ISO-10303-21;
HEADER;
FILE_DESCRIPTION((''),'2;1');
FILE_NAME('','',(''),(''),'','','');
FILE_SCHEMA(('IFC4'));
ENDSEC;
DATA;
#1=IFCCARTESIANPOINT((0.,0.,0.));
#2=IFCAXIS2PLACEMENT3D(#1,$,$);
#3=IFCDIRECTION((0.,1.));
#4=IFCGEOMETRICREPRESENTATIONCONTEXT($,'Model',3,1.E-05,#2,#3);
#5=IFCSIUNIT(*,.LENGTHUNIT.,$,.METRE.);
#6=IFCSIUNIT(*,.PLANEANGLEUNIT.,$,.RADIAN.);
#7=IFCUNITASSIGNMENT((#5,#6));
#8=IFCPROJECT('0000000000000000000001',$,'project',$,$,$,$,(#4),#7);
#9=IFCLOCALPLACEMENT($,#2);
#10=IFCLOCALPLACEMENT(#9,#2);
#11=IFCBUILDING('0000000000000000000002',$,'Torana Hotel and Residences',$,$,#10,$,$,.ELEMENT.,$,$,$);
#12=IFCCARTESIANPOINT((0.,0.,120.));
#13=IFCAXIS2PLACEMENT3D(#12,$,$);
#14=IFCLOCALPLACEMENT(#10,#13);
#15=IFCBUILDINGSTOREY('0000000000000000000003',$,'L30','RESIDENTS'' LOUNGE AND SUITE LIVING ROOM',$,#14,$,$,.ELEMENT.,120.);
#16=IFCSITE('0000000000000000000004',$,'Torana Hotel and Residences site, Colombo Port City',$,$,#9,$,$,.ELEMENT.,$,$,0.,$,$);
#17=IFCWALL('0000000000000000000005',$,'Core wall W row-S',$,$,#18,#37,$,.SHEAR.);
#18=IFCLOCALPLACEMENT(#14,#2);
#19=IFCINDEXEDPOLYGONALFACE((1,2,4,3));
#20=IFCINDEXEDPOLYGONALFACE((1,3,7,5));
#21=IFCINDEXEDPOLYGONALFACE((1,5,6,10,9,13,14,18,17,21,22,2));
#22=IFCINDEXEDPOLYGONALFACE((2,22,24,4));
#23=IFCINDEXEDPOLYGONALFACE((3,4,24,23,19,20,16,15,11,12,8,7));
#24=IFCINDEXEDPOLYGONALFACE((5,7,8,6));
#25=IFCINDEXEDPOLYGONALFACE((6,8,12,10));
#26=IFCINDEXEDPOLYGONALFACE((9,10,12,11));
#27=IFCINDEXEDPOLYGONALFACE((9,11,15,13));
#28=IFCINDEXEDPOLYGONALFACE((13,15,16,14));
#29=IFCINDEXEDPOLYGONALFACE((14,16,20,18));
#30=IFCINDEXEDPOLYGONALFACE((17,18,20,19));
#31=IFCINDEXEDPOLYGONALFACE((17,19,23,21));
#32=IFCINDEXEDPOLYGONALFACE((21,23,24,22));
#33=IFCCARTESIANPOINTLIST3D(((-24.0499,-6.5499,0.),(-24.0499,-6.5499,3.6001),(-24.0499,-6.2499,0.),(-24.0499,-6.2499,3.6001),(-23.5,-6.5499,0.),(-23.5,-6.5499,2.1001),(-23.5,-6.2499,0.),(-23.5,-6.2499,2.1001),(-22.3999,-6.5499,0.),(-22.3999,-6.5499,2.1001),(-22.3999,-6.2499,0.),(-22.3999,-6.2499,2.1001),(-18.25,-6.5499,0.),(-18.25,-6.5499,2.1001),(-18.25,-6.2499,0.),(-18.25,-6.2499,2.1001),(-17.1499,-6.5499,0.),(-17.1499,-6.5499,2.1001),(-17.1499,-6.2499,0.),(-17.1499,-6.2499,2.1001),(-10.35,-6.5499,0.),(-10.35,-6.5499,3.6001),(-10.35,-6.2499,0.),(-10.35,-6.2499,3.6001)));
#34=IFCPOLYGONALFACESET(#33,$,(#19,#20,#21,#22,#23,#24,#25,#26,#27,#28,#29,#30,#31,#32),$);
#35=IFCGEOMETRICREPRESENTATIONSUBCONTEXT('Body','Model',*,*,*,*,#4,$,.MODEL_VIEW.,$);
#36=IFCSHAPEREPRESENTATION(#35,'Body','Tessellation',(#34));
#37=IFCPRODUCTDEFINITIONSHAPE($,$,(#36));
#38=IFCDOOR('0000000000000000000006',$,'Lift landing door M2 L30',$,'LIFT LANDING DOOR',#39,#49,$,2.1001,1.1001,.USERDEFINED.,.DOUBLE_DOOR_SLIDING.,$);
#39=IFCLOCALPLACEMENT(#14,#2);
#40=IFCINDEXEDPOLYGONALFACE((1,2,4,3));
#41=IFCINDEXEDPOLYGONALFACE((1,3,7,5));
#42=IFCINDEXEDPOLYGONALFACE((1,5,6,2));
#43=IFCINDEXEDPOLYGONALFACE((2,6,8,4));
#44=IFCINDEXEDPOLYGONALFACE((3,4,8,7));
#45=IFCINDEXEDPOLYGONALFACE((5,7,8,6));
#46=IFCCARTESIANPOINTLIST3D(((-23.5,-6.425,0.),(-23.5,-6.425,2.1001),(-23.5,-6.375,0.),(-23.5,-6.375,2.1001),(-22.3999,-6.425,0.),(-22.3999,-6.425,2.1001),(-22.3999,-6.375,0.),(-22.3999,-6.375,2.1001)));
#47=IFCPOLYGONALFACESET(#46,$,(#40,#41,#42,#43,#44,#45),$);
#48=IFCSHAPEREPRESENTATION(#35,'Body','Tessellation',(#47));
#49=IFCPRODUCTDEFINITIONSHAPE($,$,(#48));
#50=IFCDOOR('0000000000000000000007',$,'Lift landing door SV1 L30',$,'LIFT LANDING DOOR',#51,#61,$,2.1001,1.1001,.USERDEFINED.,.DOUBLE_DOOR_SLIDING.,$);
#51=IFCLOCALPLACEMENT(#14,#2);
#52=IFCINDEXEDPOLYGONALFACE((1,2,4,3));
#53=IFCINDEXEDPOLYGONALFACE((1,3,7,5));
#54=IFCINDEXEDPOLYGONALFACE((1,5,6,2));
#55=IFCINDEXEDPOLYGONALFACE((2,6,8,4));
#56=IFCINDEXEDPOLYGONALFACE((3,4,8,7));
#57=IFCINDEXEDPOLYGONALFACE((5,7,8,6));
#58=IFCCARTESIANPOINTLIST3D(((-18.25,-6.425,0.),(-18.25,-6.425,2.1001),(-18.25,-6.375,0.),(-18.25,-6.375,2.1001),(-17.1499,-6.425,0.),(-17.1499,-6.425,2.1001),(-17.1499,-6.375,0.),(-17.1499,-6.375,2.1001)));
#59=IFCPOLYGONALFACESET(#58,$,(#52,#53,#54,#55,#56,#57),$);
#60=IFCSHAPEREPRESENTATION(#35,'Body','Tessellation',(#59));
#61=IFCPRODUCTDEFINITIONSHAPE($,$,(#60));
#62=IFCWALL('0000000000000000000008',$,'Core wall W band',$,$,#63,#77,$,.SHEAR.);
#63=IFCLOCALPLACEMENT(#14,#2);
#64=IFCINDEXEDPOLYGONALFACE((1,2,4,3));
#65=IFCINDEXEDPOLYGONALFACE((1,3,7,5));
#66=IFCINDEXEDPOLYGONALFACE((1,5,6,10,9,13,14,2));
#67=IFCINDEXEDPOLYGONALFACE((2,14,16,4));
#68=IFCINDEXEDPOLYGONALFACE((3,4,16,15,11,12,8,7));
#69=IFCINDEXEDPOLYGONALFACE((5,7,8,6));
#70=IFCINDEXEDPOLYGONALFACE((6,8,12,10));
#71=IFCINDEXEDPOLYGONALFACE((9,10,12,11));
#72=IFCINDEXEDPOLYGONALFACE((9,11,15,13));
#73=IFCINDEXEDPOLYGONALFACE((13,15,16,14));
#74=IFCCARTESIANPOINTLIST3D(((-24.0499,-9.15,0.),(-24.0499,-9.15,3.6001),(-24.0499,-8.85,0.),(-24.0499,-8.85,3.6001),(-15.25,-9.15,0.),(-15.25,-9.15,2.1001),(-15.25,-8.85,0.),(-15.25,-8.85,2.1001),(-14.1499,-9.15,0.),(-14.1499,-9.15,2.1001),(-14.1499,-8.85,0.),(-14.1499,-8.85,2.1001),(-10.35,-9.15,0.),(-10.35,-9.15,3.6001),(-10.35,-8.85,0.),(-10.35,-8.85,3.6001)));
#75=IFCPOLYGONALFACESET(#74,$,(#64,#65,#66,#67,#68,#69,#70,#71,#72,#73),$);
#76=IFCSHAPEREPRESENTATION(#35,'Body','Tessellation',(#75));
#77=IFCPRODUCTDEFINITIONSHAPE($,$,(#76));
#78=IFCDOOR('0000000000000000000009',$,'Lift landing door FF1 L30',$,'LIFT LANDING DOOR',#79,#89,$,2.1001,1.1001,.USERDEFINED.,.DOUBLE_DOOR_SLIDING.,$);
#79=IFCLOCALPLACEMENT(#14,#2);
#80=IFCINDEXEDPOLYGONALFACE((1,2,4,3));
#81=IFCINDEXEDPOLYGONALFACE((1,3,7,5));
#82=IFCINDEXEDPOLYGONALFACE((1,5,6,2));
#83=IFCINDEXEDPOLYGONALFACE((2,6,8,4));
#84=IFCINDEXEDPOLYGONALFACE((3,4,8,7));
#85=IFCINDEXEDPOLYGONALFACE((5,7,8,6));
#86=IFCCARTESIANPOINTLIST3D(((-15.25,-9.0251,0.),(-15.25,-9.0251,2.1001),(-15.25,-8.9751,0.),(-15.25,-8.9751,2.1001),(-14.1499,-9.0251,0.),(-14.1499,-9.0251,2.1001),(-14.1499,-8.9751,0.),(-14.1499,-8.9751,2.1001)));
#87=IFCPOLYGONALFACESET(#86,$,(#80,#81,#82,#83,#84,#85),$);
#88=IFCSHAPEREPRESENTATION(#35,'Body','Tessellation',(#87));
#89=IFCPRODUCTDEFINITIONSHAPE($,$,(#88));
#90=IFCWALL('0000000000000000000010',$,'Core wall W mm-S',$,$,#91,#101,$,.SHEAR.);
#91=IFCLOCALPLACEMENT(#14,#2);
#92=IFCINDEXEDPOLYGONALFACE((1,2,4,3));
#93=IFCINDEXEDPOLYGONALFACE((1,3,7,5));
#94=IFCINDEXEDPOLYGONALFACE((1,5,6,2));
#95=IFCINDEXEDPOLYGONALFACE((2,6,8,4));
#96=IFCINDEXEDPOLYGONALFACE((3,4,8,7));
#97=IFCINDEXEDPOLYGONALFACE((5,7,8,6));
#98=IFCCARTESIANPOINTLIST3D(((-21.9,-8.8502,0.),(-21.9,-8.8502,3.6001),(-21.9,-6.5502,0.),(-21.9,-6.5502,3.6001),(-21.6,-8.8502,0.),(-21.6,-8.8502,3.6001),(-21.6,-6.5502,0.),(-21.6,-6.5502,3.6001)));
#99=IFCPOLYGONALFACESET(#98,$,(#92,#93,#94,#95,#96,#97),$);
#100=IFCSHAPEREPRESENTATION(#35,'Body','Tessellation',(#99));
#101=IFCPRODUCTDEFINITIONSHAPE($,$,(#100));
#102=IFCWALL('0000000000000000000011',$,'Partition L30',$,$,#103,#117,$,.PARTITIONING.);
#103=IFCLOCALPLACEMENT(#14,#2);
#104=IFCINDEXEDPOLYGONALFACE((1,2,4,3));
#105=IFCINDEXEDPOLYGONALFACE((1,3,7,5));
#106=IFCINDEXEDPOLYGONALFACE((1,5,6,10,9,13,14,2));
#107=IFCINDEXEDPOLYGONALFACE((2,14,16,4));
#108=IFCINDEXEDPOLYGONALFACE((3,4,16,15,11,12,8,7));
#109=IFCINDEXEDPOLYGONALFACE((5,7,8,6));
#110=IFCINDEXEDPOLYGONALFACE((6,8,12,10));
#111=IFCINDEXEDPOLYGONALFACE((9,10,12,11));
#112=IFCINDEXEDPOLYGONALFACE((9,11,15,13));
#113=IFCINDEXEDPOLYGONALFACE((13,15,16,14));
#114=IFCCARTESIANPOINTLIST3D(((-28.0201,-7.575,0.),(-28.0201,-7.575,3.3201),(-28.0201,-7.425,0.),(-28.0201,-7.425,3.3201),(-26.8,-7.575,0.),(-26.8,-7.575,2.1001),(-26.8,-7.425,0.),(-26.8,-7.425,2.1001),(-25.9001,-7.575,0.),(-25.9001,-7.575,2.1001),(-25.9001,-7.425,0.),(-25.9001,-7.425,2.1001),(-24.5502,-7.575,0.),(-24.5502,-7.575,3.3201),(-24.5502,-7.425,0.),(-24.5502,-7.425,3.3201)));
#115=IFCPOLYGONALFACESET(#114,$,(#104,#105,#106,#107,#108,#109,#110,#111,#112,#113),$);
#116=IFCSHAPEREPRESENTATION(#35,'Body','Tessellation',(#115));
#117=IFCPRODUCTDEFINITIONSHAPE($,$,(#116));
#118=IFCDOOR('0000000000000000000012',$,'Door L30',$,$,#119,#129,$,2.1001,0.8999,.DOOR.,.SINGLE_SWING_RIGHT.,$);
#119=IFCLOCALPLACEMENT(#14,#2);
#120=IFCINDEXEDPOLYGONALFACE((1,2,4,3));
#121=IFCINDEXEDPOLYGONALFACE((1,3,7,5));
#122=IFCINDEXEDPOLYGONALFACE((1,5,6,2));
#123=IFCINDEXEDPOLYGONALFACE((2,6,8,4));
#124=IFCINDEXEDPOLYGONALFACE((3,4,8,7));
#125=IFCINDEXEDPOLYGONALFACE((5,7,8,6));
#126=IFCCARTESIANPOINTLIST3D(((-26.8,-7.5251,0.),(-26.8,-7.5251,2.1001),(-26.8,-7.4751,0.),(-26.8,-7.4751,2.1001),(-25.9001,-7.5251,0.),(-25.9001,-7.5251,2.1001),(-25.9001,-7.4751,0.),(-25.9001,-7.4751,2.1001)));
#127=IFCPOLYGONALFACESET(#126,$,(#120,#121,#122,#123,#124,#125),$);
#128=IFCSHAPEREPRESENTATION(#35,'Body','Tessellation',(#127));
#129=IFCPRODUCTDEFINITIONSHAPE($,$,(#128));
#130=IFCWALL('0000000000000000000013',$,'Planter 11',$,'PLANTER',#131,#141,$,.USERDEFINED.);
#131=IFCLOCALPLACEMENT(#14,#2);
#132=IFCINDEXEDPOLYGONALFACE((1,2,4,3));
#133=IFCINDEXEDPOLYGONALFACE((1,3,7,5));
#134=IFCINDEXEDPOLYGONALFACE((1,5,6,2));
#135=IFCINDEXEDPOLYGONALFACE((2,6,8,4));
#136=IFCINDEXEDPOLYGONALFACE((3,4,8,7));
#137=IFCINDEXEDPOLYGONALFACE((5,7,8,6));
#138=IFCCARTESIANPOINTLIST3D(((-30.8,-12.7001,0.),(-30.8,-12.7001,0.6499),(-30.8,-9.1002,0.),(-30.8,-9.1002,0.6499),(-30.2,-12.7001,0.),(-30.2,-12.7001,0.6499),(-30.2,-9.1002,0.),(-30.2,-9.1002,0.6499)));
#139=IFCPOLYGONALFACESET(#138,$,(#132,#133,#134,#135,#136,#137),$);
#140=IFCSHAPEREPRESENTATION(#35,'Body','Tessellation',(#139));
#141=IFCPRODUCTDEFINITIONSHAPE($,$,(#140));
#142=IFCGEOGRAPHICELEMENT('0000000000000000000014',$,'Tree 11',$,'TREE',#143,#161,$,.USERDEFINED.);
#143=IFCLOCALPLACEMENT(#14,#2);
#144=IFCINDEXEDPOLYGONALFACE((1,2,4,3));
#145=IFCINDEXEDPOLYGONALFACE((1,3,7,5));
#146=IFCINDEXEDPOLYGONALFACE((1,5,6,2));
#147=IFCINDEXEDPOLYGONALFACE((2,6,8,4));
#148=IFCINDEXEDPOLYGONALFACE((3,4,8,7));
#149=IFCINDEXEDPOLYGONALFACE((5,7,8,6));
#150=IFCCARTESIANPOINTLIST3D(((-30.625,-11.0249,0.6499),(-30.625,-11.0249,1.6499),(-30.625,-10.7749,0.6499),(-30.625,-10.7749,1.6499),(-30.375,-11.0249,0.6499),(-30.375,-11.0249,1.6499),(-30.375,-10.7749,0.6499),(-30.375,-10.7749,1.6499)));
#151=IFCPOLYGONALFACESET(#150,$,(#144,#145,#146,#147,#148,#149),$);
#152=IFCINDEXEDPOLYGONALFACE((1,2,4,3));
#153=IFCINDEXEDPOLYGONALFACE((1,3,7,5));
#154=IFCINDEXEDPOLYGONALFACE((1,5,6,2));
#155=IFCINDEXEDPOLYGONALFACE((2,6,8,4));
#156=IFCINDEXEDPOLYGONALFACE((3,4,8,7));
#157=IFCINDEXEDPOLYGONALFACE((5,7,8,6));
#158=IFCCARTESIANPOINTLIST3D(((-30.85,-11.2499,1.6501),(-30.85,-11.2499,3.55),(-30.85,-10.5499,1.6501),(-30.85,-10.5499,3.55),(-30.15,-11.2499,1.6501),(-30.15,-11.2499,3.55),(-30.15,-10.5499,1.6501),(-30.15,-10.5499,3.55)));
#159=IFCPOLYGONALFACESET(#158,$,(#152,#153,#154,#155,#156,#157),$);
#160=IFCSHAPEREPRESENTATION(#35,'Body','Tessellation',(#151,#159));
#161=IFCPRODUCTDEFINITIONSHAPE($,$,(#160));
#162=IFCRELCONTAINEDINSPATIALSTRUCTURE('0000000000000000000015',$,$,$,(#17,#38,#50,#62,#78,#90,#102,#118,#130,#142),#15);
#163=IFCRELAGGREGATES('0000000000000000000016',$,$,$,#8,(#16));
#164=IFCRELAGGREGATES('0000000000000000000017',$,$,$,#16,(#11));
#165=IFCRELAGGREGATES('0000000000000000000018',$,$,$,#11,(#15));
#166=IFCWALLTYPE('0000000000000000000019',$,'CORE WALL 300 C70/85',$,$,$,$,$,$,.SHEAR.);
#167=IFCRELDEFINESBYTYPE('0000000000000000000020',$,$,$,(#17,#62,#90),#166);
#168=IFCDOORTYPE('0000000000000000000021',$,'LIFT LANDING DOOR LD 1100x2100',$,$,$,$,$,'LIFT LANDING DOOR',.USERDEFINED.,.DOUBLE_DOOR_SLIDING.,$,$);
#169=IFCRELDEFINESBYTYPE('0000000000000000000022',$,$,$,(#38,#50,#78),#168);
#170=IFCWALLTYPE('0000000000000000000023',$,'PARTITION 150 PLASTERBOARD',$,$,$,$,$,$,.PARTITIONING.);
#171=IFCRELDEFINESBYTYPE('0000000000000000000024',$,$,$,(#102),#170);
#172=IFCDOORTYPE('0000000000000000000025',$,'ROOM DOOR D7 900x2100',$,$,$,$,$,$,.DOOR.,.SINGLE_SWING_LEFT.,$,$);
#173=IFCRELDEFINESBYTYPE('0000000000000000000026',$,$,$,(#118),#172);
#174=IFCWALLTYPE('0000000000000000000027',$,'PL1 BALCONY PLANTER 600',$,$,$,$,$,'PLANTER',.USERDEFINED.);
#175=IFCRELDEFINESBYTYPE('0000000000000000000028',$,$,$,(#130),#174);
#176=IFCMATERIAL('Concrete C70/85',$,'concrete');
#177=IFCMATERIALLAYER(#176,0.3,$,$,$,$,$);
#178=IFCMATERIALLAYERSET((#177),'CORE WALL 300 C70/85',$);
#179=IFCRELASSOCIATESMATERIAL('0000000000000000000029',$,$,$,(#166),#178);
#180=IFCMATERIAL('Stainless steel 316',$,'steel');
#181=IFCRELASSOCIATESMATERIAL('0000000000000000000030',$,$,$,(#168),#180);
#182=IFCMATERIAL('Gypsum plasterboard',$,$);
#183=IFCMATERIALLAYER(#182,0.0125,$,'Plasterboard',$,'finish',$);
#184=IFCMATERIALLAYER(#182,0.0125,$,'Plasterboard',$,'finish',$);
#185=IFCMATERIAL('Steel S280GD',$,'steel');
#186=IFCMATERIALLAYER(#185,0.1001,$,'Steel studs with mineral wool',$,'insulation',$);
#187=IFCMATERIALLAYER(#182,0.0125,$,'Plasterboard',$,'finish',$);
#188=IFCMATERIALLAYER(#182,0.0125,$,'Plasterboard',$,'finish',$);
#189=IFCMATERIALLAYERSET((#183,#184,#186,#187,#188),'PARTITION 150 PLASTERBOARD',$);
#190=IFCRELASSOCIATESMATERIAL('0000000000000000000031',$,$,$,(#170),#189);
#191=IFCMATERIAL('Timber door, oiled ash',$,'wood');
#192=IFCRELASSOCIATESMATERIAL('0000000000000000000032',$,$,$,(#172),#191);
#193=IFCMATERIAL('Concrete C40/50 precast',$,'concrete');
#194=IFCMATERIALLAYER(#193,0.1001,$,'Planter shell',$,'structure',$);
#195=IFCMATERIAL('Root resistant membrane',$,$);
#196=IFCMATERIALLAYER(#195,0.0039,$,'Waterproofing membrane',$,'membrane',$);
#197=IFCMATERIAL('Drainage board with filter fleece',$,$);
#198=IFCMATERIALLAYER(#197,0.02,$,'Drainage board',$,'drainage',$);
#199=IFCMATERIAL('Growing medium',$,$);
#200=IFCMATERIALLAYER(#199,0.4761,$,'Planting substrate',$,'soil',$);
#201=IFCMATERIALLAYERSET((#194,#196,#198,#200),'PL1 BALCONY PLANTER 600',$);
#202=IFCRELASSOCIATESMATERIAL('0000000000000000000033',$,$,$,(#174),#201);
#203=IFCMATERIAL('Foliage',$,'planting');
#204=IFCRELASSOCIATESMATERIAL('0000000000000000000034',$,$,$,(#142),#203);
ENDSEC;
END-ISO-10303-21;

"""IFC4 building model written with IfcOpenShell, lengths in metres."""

from ifc_helpers import new_model, si_unit, direction, frame, frame_2d, origin, origin_2d, place, context, subcontext, project, spatial, rectangle, extrude, material, layer, layer_set, type_object, element, fill, save


model = new_model("IFC4")

# Units and contexts
model_context = context("Model", 3, precision=1e-05, world=origin(), true_north=direction((0.0, 1.0)))
body_context = subcontext(model_context, "Body", "Model", "MODEL_VIEW")
ifc_project = project(units=[si_unit("LENGTHUNIT", "METRE"), si_unit("PLANEANGLEUNIT", "RADIAN")], contexts=[model_context])

# Site, building, storey
site_placement = place(None, origin())
site = spatial("IfcSite", under=ifc_project, at=site_placement, Name="Torana Hotel and Residences site, Colombo Port City", CompositionType="ELEMENT", RefElevation=0.0)
building_placement = place(site_placement, origin())
building = spatial("IfcBuilding", under=site, at=building_placement, Name="Torana Hotel and Residences", CompositionType="ELEMENT")
storey_placement = place(building_placement, frame((0.0, 0.0, 120.0)))
storey = spatial("IfcBuildingStorey", under=building, at=storey_placement, Name="L30", Description="RESIDENTS' LOUNGE AND SUITE LIVING ROOM", CompositionType="ELEMENT", Elevation=120.0)

# Wall, openings, doors
ifc_material_1 = material(Name="Concrete C70/85", Category="concrete")
ifc_layer_1 = layer(ifc_material_1, 0.3)
ifc_layer_set_1 = layer_set([ifc_layer_1], Name="CORE WALL 300 C70/85")
wall_type_1 = type_object("IfcWallType", Name="CORE WALL 300 C70/85", PredefinedType="SHEAR", material=ifc_layer_set_1)
wall_1_placement = place(storey_placement, frame((-24.05, -6.3999, 0.0), z_axis=(0.0, 0.0, 1.0), x_axis=(1.0, 0.0, 0.0)))
wall_1 = element("IfcWall", 1, at=wall_1_placement, inside=storey, type_object=wall_type_1, Name="Core wall W row-S", PredefinedType="SHEAR", context=body_context, shape_type="SweptSolid", body=[
    extrude(rectangle(XDim=13.7, YDim=0.3, at=frame_2d((6.8501, 0.0))), origin(), (0.0, 0.0, 1.0), 3.6001),
])
opening_1_placement = place(wall_1_placement, frame((0.55, 0.0, 0.0)))
opening_1 = element("IfcOpeningElement", 2, at=opening_1_placement, cuts=wall_1, PredefinedType="OPENING", context=body_context, shape_type="SweptSolid", body=[
    extrude(rectangle(XDim=1.1001, YDim=2.1001, at=frame_2d((0.55, 1.05))), frame((0.0, 0.1599, 0.0), z_axis=(0.0, -1.0, 0.0), x_axis=(1.0, 0.0, 0.0)), (0.0, 0.0, 1.0), 0.3201),
])
opening_2_placement = place(wall_1_placement, frame((5.8, 0.0, 0.0)))
opening_2 = element("IfcOpeningElement", 3, at=opening_2_placement, cuts=wall_1, PredefinedType="OPENING", context=body_context, shape_type="SweptSolid", body=[
    extrude(rectangle(XDim=1.1001, YDim=2.1001, at=frame_2d((0.55, 1.05))), frame((0.0, 0.1599, 0.0), z_axis=(0.0, -1.0, 0.0), x_axis=(1.0, 0.0, 0.0)), (0.0, 0.0, 1.0), 0.3201),
])
ifc_material_2 = material(Name="Stainless steel 316", Category="steel")
door_type_1 = type_object("IfcDoorType", Name="LIFT LANDING DOOR LD 1100x2100", ElementType="LIFT LANDING DOOR", OperationType="DOUBLE_DOOR_SLIDING", PredefinedType="USERDEFINED", material=ifc_material_2)
door_1_placement = place(opening_1_placement, origin())
door_1 = element("IfcDoor", 4, at=door_1_placement, inside=storey, type_object=door_type_1, Name="Lift landing door M2 L30", ObjectType="LIFT LANDING DOOR", OperationType="DOUBLE_DOOR_SLIDING", OverallHeight=2.1001, OverallWidth=1.1001, PredefinedType="USERDEFINED", context=body_context, shape_type="SweptSolid", body=[
    extrude(rectangle(XDim=1.1001, YDim=2.1001, at=frame_2d((0.55, 1.05))), frame((0.0, 0.0249, 0.0), z_axis=(0.0, -1.0, 0.0), x_axis=(1.0, 0.0, 0.0)), (0.0, 0.0, 1.0), 0.05),
])
fill(opening_1, door_1)
door_2_placement = place(opening_2_placement, origin())
door_2 = element("IfcDoor", 5, at=door_2_placement, inside=storey, type_object=door_type_1, Name="Lift landing door SV1 L30", ObjectType="LIFT LANDING DOOR", OperationType="DOUBLE_DOOR_SLIDING", OverallHeight=2.1001, OverallWidth=1.1001, PredefinedType="USERDEFINED", context=body_context, shape_type="SweptSolid", body=[
    extrude(rectangle(XDim=1.1001, YDim=2.1001, at=frame_2d((0.55, 1.05))), frame((0.0, 0.0249, 0.0), z_axis=(0.0, -1.0, 0.0), x_axis=(1.0, 0.0, 0.0)), (0.0, 0.0, 1.0), 0.05),
])
fill(opening_2, door_2)

# Wall, opening, door
wall_2_placement = place(storey_placement, frame((-24.05, -9.0, 0.0), z_axis=(0.0, 0.0, 1.0), x_axis=(1.0, 0.0, 0.0)))
wall_2 = element("IfcWall", 6, at=wall_2_placement, inside=storey, type_object=wall_type_1, Name="Core wall W band", PredefinedType="SHEAR", context=body_context, shape_type="SweptSolid", body=[
    extrude(rectangle(XDim=13.7, YDim=0.3, at=frame_2d((6.8501, 0.0))), origin(), (0.0, 0.0, 1.0), 3.6001),
])
opening_3_placement = place(wall_2_placement, frame((8.8, 0.0, 0.0)))
opening_3 = element("IfcOpeningElement", 7, at=opening_3_placement, cuts=wall_2, PredefinedType="OPENING", context=body_context, shape_type="SweptSolid", body=[
    extrude(rectangle(XDim=1.1001, YDim=2.1001, at=frame_2d((0.55, 1.05))), frame((0.0, 0.1599, 0.0), z_axis=(0.0, -1.0, 0.0), x_axis=(1.0, 0.0, 0.0)), (0.0, 0.0, 1.0), 0.3201),
])
door_3_placement = place(opening_3_placement, origin())
door_3 = element("IfcDoor", 8, at=door_3_placement, inside=storey, type_object=door_type_1, Name="Lift landing door FF1 L30", ObjectType="LIFT LANDING DOOR", OperationType="DOUBLE_DOOR_SLIDING", OverallHeight=2.1001, OverallWidth=1.1001, PredefinedType="USERDEFINED", context=body_context, shape_type="SweptSolid", body=[
    extrude(rectangle(XDim=1.1001, YDim=2.1001, at=frame_2d((0.55, 1.05))), frame((0.0, 0.0249, 0.0), z_axis=(0.0, -1.0, 0.0), x_axis=(1.0, 0.0, 0.0)), (0.0, 0.0, 1.0), 0.05),
])
fill(opening_3, door_3)

# Wall
wall_3_placement = place(storey_placement, frame((-21.75, -8.8501, 0.0), z_axis=(0.0, 0.0, 1.0), x_axis=(0.0, 1.0, 0.0)))
element("IfcWall", 9, at=wall_3_placement, inside=storey, type_object=wall_type_1, Name="Core wall W mm-S", PredefinedType="SHEAR", context=body_context, shape_type="SweptSolid", body=[
    extrude(rectangle(XDim=2.3, YDim=0.3, at=frame_2d((1.1499, 0.0))), origin(), (0.0, 0.0, 1.0), 3.6001),
])

# Shared definitions
ifc_material_3 = material(Name="Steel S280GD", Category="steel")

# Wall, opening, door
ifc_material_4 = material(Name="Gypsum plasterboard")
ifc_layer_2 = layer(ifc_material_4, 0.0125, Name="Plasterboard", Category="finish")
ifc_layer_3 = layer(ifc_material_4, 0.0125, Name="Plasterboard", Category="finish")
ifc_layer_4 = layer(ifc_material_3, 0.1001, Name="Steel studs with mineral wool", Category="insulation")
ifc_layer_5 = layer(ifc_material_4, 0.0125, Name="Plasterboard", Category="finish")
ifc_layer_6 = layer(ifc_material_4, 0.0125, Name="Plasterboard", Category="finish")
ifc_layer_set_2 = layer_set([ifc_layer_2, ifc_layer_3, ifc_layer_4, ifc_layer_5, ifc_layer_6], Name="PARTITION 150 PLASTERBOARD")
wall_type_2 = type_object("IfcWallType", Name="PARTITION 150 PLASTERBOARD", PredefinedType="PARTITIONING", material=ifc_layer_set_2)
wall_4_placement = place(storey_placement, frame((-28.02, -7.5, 0.0), z_axis=(0.0, 0.0, 1.0), x_axis=(1.0, 0.0, 0.0)))
wall_4 = element("IfcWall", 10, at=wall_4_placement, inside=storey, type_object=wall_type_2, Name="Partition L30", PredefinedType="PARTITIONING", context=body_context, shape_type="SweptSolid", body=[
    extrude(rectangle(XDim=3.47, YDim=0.1499, at=frame_2d((1.7349, 0.0))), origin(), (0.0, 0.0, 1.0), 3.3201),
])
opening_4_placement = place(wall_4_placement, frame((1.22, 0.0, 0.0)))
opening_4 = element("IfcOpeningElement", 11, at=opening_4_placement, cuts=wall_4, PredefinedType="OPENING", context=body_context, shape_type="SweptSolid", body=[
    extrude(rectangle(XDim=0.8999, YDim=2.1001, at=frame_2d((0.45, 1.05))), frame((0.0, 0.085, 0.0), z_axis=(0.0, -1.0, 0.0), x_axis=(1.0, 0.0, 0.0)), (0.0, 0.0, 1.0), 0.1699),
])
ifc_material_5 = material(Name="Timber door, oiled ash", Category="wood")
door_type_2 = type_object("IfcDoorType", Name="ROOM DOOR D7 900x2100", OperationType="SINGLE_SWING_LEFT", PredefinedType="DOOR", material=ifc_material_5)
door_4_placement = place(opening_4_placement, origin())
door_4 = element("IfcDoor", 12, at=door_4_placement, inside=storey, type_object=door_type_2, Name="Door L30", OperationType="SINGLE_SWING_RIGHT", OverallHeight=2.1001, OverallWidth=0.8999, PredefinedType="DOOR", context=body_context, shape_type="SweptSolid", body=[
    extrude(rectangle(XDim=0.8999, YDim=2.1001, at=frame_2d((0.45, 1.05))), frame((0.0, 0.0249, 0.0), z_axis=(0.0, -1.0, 0.0), x_axis=(1.0, 0.0, 0.0)), (0.0, 0.0, 1.0), 0.05),
])
fill(opening_4, door_4)

# Wall
ifc_material_6 = material(Name="Concrete C40/50 precast", Category="concrete")
ifc_layer_7 = layer(ifc_material_6, 0.1001, Name="Planter shell", Category="structure")
ifc_material_7 = material(Name="Root resistant membrane")
ifc_layer_8 = layer(ifc_material_7, 0.0039, Name="Waterproofing membrane", Category="membrane")
ifc_material_8 = material(Name="Drainage board with filter fleece")
ifc_layer_9 = layer(ifc_material_8, 0.02, Name="Drainage board", Category="drainage")
ifc_material_9 = material(Name="Growing medium")
ifc_layer_10 = layer(ifc_material_9, 0.4761, Name="Planting substrate", Category="soil")
ifc_layer_set_3 = layer_set([ifc_layer_7, ifc_layer_8, ifc_layer_9, ifc_layer_10], Name="PL1 BALCONY PLANTER 600")
wall_type_3 = type_object("IfcWallType", Name="PL1 BALCONY PLANTER 600", ElementType="PLANTER", PredefinedType="USERDEFINED", material=ifc_layer_set_3)
wall_5_placement = place(storey_placement, frame((-30.5, -12.7, 0.0), z_axis=(0.0, 0.0, 1.0), x_axis=(0.0, 1.0, 0.0)))
element("IfcWall", 13, at=wall_5_placement, inside=storey, type_object=wall_type_3, Name="Planter 11", ObjectType="PLANTER", PredefinedType="USERDEFINED", context=body_context, shape_type="SweptSolid", body=[
    extrude(rectangle(XDim=3.5999, YDim=0.6001, at=frame_2d((1.7998, 0.0))), origin(), (0.0, 0.0, 1.0), 0.6499),
])

# Geographic element
ifc_material_10 = material(Name="Foliage", Category="planting")
geographic_element_placement = place(storey_placement, frame((-30.5, -10.8999, 0.6499), z_axis=(0.0, 0.0, 1.0), x_axis=(1.0, 0.0, 0.0)))
element("IfcGeographicElement", 14, at=geographic_element_placement, inside=storey, material=ifc_material_10, Name="Tree 11", ObjectType="TREE", PredefinedType="USERDEFINED", context=body_context, shape_type="SweptSolid", body=[
    extrude(rectangle(XDim=0.25, YDim=0.25, at=origin_2d()), origin(), (0.0, 0.0, 1.0), 1.0),
    extrude(rectangle(XDim=0.7, YDim=0.7, at=origin_2d()), frame((0.0, 0.0, 1.0002)), (0.0, 0.0, 1.0), 1.8999),
])

save(model, "model.ifc")
